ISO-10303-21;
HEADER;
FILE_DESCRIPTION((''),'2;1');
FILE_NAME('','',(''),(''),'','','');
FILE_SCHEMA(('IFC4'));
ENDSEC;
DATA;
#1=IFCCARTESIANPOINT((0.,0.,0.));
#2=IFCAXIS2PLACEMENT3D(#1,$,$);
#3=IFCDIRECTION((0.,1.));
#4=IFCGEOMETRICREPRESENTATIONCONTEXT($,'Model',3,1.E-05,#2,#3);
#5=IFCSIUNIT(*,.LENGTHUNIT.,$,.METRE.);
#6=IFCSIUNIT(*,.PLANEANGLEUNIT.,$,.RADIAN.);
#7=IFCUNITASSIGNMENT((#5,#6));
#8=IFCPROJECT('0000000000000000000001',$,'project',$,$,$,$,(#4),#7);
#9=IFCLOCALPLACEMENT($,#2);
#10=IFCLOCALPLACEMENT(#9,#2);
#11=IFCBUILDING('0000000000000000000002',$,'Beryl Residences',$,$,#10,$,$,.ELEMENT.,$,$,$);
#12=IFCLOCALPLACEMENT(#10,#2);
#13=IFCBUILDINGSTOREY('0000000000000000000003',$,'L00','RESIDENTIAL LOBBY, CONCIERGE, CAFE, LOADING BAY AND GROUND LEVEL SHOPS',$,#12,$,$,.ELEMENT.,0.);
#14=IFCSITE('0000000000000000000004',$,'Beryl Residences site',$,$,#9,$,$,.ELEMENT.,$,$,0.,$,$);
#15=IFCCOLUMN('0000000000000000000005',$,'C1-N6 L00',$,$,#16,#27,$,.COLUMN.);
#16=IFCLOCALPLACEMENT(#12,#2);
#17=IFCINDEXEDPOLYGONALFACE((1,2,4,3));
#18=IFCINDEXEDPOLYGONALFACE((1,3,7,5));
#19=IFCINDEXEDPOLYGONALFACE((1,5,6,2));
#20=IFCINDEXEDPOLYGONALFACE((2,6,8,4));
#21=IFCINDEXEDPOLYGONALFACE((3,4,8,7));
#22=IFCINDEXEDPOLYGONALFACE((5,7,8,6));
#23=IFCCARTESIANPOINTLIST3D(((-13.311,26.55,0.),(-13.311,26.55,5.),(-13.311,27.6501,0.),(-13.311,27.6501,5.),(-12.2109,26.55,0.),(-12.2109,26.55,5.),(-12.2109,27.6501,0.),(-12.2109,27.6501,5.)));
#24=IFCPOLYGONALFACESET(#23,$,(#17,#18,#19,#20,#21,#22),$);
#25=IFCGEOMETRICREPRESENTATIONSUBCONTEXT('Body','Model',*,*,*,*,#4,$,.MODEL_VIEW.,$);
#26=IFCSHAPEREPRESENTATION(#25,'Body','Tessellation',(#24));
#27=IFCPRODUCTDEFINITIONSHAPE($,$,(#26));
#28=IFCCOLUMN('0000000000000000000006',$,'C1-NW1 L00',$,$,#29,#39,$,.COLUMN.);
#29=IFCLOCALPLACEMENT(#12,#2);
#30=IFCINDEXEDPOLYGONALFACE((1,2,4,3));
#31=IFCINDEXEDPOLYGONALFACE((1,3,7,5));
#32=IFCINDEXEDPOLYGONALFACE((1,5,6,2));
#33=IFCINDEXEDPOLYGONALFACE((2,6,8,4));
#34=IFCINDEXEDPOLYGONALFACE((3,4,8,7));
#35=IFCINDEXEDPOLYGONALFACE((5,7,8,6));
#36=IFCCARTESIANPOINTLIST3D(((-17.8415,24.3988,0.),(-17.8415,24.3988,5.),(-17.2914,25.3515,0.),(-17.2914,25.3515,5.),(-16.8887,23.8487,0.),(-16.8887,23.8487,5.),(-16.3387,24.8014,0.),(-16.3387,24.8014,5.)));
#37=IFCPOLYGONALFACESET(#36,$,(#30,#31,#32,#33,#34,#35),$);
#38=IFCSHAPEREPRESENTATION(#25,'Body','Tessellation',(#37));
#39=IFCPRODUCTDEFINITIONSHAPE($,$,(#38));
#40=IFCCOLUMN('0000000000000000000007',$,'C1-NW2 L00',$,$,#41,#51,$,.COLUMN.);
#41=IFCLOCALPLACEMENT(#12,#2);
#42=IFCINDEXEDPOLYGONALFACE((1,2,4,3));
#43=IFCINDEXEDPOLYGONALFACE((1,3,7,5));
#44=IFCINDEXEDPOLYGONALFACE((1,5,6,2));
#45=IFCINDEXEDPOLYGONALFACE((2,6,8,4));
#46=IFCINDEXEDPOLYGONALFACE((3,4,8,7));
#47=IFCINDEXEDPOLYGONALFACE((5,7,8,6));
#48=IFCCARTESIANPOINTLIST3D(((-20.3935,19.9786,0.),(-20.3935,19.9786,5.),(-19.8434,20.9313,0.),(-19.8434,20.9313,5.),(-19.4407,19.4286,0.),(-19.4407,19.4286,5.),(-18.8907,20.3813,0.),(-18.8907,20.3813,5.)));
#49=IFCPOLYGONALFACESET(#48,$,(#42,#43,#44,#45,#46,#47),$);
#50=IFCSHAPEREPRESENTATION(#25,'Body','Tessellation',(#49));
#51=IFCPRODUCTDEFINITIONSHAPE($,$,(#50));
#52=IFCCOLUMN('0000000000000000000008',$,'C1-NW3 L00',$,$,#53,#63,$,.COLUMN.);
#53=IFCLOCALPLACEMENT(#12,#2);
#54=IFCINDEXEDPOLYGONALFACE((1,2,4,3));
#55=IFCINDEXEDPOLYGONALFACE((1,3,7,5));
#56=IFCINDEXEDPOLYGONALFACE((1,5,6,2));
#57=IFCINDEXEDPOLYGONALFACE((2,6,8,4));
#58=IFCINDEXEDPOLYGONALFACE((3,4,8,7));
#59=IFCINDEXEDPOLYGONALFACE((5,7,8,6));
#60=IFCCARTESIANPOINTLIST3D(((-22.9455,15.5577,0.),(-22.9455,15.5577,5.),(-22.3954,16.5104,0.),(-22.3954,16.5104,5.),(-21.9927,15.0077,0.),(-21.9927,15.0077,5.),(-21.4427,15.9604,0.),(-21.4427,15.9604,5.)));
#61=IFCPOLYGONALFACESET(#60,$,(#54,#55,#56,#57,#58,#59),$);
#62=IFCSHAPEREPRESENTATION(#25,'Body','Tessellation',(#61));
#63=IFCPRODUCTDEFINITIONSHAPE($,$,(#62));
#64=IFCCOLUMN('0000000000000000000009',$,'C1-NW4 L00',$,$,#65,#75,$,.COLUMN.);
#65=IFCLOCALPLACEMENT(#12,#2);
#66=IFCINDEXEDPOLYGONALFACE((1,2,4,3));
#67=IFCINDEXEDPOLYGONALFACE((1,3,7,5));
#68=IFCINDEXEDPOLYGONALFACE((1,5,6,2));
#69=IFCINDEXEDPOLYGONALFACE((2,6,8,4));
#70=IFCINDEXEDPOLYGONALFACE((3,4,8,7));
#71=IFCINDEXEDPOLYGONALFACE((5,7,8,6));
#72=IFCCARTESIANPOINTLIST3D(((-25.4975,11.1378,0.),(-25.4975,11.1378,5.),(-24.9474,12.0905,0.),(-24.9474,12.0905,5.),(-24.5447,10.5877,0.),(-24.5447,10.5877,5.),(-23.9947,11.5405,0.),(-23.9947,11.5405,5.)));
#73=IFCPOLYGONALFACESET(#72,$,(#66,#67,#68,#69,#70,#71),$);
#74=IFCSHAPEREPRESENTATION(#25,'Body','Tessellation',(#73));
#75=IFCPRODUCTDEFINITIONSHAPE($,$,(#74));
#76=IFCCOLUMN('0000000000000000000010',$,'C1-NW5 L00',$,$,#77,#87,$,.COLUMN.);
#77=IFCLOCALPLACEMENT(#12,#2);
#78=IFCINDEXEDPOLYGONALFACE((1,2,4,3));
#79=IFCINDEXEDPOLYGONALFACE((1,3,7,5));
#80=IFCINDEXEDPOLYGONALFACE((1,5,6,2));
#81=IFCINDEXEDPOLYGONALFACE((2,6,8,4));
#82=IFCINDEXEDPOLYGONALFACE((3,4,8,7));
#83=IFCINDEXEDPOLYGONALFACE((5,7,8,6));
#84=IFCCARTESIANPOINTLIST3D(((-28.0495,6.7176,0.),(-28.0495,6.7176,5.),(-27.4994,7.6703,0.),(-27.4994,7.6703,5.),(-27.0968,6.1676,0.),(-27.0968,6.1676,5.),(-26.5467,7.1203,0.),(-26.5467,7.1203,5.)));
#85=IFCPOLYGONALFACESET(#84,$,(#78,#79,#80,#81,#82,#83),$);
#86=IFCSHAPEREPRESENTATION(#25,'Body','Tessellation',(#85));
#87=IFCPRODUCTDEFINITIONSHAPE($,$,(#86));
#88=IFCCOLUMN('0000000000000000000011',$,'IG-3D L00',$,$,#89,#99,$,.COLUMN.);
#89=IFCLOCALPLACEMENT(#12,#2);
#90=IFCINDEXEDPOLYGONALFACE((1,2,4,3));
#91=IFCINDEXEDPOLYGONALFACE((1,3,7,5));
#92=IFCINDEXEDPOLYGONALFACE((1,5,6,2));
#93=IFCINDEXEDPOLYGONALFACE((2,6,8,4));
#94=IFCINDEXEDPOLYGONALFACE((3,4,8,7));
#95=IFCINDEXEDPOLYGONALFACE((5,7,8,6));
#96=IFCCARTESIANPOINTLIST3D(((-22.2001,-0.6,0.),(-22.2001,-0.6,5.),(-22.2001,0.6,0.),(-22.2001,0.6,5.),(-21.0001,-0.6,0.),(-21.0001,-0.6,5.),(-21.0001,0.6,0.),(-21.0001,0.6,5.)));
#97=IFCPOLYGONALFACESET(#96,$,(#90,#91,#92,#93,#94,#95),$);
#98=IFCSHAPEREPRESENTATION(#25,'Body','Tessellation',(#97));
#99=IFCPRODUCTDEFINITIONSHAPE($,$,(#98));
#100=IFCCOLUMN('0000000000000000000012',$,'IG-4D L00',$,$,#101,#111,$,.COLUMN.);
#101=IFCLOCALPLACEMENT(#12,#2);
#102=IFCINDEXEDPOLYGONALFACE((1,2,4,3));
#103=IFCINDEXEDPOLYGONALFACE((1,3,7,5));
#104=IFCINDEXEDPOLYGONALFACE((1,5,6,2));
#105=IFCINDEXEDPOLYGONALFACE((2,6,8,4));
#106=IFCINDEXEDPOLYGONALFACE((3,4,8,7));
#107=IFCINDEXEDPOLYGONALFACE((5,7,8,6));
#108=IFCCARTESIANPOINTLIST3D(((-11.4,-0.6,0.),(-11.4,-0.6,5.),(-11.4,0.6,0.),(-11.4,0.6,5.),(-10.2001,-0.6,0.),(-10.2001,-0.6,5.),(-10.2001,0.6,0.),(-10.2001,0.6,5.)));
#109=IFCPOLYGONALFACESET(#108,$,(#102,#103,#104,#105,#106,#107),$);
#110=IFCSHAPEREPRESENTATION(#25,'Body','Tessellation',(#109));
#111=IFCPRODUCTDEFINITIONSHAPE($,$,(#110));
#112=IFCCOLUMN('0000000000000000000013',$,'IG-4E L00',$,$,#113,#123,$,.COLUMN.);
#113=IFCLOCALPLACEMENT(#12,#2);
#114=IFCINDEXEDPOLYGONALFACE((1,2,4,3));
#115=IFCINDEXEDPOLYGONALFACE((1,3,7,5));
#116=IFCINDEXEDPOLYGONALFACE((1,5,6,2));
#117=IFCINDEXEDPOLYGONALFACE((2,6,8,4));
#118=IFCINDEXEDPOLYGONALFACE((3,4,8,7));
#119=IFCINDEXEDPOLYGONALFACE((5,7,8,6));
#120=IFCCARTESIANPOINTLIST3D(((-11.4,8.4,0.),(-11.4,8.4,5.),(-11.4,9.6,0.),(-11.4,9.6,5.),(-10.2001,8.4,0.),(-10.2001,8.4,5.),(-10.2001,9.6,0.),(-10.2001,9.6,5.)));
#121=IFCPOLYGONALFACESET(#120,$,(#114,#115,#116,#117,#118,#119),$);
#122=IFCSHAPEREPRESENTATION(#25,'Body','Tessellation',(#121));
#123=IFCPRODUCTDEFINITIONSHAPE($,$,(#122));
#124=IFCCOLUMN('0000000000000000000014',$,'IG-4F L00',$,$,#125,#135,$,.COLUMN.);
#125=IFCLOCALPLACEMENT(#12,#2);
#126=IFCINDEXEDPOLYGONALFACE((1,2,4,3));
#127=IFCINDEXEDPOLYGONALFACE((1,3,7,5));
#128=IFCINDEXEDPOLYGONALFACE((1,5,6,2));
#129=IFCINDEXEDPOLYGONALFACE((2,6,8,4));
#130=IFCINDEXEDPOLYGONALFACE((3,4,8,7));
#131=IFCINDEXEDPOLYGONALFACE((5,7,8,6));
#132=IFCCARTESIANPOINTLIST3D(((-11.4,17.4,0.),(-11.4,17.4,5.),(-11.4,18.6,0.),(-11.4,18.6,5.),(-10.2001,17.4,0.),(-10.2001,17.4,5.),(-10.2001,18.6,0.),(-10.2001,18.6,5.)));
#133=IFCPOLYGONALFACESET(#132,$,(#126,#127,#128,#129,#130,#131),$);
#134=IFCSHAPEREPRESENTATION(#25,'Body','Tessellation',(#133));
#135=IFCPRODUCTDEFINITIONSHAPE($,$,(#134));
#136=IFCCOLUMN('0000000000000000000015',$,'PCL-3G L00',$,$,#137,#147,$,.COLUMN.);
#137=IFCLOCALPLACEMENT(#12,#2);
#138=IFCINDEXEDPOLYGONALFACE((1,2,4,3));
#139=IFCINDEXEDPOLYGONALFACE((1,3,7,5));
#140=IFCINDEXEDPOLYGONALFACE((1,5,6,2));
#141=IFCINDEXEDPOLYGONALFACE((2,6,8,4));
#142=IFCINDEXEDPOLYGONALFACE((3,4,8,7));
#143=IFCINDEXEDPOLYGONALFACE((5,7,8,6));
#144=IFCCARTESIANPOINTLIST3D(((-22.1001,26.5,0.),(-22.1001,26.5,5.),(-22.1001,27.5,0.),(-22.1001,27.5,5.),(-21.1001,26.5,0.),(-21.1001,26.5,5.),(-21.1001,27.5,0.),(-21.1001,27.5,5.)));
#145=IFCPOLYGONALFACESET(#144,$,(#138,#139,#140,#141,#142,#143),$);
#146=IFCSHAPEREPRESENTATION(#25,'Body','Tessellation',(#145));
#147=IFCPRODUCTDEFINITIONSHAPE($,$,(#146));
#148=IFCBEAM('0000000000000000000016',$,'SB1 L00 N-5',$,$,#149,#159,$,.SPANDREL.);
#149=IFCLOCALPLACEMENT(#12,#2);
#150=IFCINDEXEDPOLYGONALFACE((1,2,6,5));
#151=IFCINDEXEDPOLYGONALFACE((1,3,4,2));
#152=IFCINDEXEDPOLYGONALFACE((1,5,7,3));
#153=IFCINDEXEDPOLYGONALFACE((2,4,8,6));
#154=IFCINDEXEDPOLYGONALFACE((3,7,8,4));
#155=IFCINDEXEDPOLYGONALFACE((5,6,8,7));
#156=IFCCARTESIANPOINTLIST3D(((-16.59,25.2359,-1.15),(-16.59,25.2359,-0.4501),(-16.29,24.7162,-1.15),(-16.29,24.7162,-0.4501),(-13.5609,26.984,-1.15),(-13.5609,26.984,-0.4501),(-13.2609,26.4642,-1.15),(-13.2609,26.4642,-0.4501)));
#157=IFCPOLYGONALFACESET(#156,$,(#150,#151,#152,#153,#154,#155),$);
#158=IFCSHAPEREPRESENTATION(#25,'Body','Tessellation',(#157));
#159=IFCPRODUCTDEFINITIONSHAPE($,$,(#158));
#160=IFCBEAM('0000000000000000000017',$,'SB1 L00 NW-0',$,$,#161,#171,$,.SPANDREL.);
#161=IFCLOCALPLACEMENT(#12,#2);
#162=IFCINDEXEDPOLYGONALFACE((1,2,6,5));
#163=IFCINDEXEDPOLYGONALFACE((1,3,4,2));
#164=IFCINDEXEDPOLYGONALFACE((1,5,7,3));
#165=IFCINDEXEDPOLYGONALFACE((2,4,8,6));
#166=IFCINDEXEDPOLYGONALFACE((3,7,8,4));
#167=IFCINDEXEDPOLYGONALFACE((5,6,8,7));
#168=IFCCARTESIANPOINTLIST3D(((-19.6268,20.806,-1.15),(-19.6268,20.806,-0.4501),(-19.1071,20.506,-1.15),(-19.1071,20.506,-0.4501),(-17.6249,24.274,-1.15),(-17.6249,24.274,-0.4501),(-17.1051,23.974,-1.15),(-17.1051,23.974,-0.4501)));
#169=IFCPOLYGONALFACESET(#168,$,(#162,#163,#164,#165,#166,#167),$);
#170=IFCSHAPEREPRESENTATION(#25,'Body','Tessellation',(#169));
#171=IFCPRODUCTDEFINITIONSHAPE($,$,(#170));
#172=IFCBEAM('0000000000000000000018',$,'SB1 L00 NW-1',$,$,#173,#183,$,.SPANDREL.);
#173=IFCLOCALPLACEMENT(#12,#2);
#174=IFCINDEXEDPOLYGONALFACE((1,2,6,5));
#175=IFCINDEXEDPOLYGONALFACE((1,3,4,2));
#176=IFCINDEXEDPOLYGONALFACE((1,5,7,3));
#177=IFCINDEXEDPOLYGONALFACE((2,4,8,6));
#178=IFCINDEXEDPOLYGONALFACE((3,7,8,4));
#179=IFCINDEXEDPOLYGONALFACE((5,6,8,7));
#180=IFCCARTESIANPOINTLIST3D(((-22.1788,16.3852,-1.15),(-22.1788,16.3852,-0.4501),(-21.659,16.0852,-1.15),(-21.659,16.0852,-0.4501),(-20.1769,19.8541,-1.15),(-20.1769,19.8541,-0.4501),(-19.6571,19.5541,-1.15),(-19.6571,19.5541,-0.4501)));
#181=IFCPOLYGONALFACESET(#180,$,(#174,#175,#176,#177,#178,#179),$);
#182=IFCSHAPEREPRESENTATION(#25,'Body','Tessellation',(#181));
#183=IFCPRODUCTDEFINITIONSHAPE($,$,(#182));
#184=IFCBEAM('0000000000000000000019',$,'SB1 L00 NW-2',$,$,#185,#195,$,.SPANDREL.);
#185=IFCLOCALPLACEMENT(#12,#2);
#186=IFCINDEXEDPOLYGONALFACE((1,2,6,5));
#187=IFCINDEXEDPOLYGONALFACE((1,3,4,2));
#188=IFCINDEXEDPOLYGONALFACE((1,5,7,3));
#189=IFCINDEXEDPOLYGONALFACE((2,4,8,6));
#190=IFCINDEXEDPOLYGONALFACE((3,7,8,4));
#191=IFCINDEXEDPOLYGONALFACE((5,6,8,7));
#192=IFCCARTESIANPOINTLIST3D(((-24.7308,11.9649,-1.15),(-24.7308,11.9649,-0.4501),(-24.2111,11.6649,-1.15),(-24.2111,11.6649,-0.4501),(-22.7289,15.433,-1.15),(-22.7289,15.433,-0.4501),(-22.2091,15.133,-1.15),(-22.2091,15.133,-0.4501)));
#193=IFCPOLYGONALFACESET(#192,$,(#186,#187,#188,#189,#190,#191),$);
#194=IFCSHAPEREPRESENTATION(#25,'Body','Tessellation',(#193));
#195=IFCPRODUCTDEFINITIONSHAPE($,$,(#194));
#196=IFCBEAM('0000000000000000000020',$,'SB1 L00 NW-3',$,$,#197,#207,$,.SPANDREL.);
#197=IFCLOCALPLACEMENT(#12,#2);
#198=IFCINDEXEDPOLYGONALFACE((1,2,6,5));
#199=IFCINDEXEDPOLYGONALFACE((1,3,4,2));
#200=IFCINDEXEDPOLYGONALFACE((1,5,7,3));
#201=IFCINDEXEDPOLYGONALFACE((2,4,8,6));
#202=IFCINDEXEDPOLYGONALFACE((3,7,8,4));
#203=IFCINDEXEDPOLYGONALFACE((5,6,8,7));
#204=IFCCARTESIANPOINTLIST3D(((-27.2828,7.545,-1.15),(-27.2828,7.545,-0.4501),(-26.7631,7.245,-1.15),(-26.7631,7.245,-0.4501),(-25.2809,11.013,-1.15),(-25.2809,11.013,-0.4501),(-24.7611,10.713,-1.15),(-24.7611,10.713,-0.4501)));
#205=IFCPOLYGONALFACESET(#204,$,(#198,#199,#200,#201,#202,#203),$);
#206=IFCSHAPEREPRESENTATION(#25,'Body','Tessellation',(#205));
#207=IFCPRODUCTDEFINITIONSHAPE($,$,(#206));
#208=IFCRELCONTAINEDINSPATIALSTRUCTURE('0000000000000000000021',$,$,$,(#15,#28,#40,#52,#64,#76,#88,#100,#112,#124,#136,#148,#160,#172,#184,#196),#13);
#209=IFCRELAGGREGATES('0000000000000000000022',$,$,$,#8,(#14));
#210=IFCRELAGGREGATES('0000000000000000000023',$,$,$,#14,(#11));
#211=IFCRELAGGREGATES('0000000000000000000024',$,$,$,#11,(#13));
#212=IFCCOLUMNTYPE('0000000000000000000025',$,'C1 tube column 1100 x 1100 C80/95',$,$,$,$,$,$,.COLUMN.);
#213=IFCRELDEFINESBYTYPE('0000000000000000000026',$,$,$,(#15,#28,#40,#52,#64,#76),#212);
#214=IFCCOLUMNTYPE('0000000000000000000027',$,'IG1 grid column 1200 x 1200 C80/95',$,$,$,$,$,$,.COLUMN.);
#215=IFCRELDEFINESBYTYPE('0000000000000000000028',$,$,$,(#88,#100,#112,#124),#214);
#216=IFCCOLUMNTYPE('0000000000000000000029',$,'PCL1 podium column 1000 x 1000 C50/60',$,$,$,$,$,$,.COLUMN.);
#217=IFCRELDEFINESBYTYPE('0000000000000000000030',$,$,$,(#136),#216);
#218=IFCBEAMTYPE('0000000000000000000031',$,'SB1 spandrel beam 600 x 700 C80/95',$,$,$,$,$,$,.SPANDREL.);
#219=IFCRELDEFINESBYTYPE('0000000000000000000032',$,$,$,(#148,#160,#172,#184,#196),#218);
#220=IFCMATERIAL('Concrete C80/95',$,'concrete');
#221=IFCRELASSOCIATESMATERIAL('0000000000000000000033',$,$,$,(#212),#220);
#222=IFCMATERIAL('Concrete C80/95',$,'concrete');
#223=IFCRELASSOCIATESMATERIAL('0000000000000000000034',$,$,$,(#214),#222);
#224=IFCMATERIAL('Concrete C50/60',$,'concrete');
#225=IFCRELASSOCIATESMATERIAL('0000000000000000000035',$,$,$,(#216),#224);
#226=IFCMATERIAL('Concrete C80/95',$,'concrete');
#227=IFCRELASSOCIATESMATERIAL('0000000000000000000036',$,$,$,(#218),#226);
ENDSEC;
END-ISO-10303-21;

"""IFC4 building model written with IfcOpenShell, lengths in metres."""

from ifc_helpers import new_model, si_unit, direction, frame, origin, origin_2d, place, context, subcontext, project, spatial, rectangle, extrude, material, material_profile, profile_set, type_object, element, save


model = new_model("IFC4")

# Units and contexts
model_context = context("Model", 3, precision=1e-05, world=origin(), true_north=direction((0.0, 1.0)))
body_context = subcontext(model_context, "Body", "Model", "MODEL_VIEW")
ifc_project = project(units=[si_unit("LENGTHUNIT", "METRE"), si_unit("PLANEANGLEUNIT", "RADIAN")], contexts=[model_context])

# Site, building, storey
site_placement = place(None, origin())
site = spatial("IfcSite", under=ifc_project, at=site_placement, Name="Beryl Residences site", CompositionType="ELEMENT", RefElevation=0.0)
building_placement = place(site_placement, origin())
building = spatial("IfcBuilding", under=site, at=building_placement, Name="Beryl Residences", CompositionType="ELEMENT")
storey_placement = place(building_placement, origin())
storey = spatial("IfcBuildingStorey", under=building, at=storey_placement, Name="L00", Description="RESIDENTIAL LOBBY, CONCIERGE, CAFE, LOADING BAY AND GROUND LEVEL SHOPS", CompositionType="ELEMENT", Elevation=0.0)

# Columns
ifc_material_1 = material(Name="Concrete C80/95", Category="concrete")
ifc_material_profile_1 = material_profile(ifc_material_1, rectangle(XDim=1.1001, YDim=1.1001, at=origin_2d()))
ifc_profile_set_1 = profile_set([ifc_material_profile_1], Name="Concrete C80/95")
column_type_1 = type_object("IfcColumnType", Name="C1 tube column 1100 x 1100 C80/95", PredefinedType="COLUMN", material=ifc_profile_set_1)
for number, where, z_axis, x_axis, name in (
    (1, (-12.761, 27.1001, 0.0), (0.0, 0.0, 1.0), (-1.0, 0.0, 0.0), "C1-N6 L00"),
    (2, (-17.0901, 24.6001, 0.0), (0.0, 0.0, 1.0), (-0.499985, -0.866034, 0.0), "C1-NW1 L00"),
    (3, (-19.6421, 20.1799, 0.0), (0.0, 0.0, 1.0), (-0.499985, -0.866034, 0.0), "C1-NW2 L00"),
    (4, (-22.1941, 15.759, 0.0), (0.0, 0.0, 1.0), (-0.499985, -0.866034, 0.0), "C1-NW3 L00"),
    (5, (-24.7461, 11.3391, 0.0), (0.0, 0.0, 1.0), (-0.499985, -0.866034, 0.0), "C1-NW4 L00"),
    (6, (-27.2981, 6.9189, 0.0), (0.0, 0.0, 1.0), (-0.499985, -0.866034, 0.0), "C1-NW5 L00"),
):
    element("IfcColumn", number, at=place(storey_placement, frame(where, z_axis=z_axis, x_axis=x_axis)), inside=storey, type_object=column_type_1, Name=name, PredefinedType="COLUMN", context=body_context, shape_type="SweptSolid", body=[
        extrude(rectangle(XDim=1.1001, YDim=1.1001, at=origin_2d()), origin(), (0.0, 0.0, 1.0), 5.0),
    ])
ifc_material_2 = material(Name="Concrete C80/95", Category="concrete")
ifc_material_profile_2 = material_profile(ifc_material_2, rectangle(XDim=1.2, YDim=1.2, at=origin_2d()))
ifc_profile_set_2 = profile_set([ifc_material_profile_2], Name="Concrete C80/95")
column_type_2 = type_object("IfcColumnType", Name="IG1 grid column 1200 x 1200 C80/95", PredefinedType="COLUMN", material=ifc_profile_set_2)
for number, where, z_axis, x_axis, name in (
    (7, (-21.6001, 0.0, 0.0), (0.0, 0.0, 1.0), (1.0, 0.0, 0.0), "IG-3D L00"),
    (8, (-10.8, 0.0, 0.0), (0.0, 0.0, 1.0), (1.0, 0.0, 0.0), "IG-4D L00"),
    (9, (-10.8, 9.0, 0.0), (0.0, 0.0, 1.0), (1.0, 0.0, 0.0), "IG-4E L00"),
    (10, (-10.8, 18.0, 0.0), (0.0, 0.0, 1.0), (1.0, 0.0, 0.0), "IG-4F L00"),
):
    element("IfcColumn", number, at=place(storey_placement, frame(where, z_axis=z_axis, x_axis=x_axis)), inside=storey, type_object=column_type_2, Name=name, PredefinedType="COLUMN", context=body_context, shape_type="SweptSolid", body=[
        extrude(rectangle(XDim=1.2, YDim=1.2, at=origin_2d()), origin(), (0.0, 0.0, 1.0), 5.0),
    ])
ifc_material_3 = material(Name="Concrete C50/60", Category="concrete")
ifc_material_profile_3 = material_profile(ifc_material_3, rectangle(XDim=1.0, YDim=1.0, at=origin_2d()))
ifc_profile_set_3 = profile_set([ifc_material_profile_3], Name="Concrete C50/60")
column_type_3 = type_object("IfcColumnType", Name="PCL1 podium column 1000 x 1000 C50/60", PredefinedType="COLUMN", material=ifc_profile_set_3)
column_placement = place(storey_placement, frame((-21.6001, 27.0, 0.0), z_axis=(0.0, 0.0, 1.0), x_axis=(1.0, 0.0, 0.0)))
element("IfcColumn", 11, at=column_placement, inside=storey, type_object=column_type_3, Name="PCL-3G L00", PredefinedType="COLUMN", context=body_context, shape_type="SweptSolid", body=[
    extrude(rectangle(XDim=1.0, YDim=1.0, at=origin_2d()), origin(), (0.0, 0.0, 1.0), 5.0),
])

# Beams
ifc_material_4 = material(Name="Concrete C80/95", Category="concrete")
ifc_material_profile_4 = material_profile(ifc_material_4, rectangle(XDim=0.6001, YDim=0.7, at=origin_2d()))
ifc_profile_set_4 = profile_set([ifc_material_profile_4], Name="Concrete C80/95")
beam_type = type_object("IfcBeamType", Name="SB1 spandrel beam 600 x 700 C80/95", PredefinedType="SPANDREL", material=ifc_profile_set_4)
beam_1_placement = place(storey_placement, frame((-13.4109, 26.7241, -0.8), z_axis=(-0.866122, -0.499833, 0.0), x_axis=(0.499833, -0.866122, 0.0)))
element("IfcBeam", 12, at=beam_1_placement, inside=storey, type_object=beam_type, Name="SB1 L00 N-5", PredefinedType="SPANDREL", context=body_context, shape_type="SweptSolid", body=[
    extrude(rectangle(XDim=0.6001, YDim=0.7, at=origin_2d()), origin(), (0.0, 0.0, 1.0), 3.4973),
])
beam_2_placement = place(storey_placement, frame((-17.365, 24.124, -0.8), z_axis=(-0.499942, -0.866059, 0.0), x_axis=(0.866059, -0.499942, 0.0)))
element("IfcBeam", 13, at=beam_2_placement, inside=storey, type_object=beam_type, Name="SB1 L00 NW-0", PredefinedType="SPANDREL", context=body_context, shape_type="SweptSolid", body=[
    extrude(rectangle(XDim=0.6001, YDim=0.7, at=origin_2d()), origin(), (0.0, 0.0, 1.0), 4.0044),
])
beam_3_placement = place(storey_placement, frame((-19.917, 19.7041, -0.8), z_axis=(-0.499837, -0.86612, 0.0), x_axis=(0.86612, -0.499837, 0.0)))
element("IfcBeam", 14, at=beam_3_placement, inside=storey, type_object=beam_type, Name="SB1 L00 NW-1", PredefinedType="SPANDREL", context=body_context, shape_type="SweptSolid", body=[
    extrude(rectangle(XDim=0.6001, YDim=0.7, at=origin_2d()), origin(), (0.0, 0.0, 1.0), 4.0051),
])
for number, where, z_axis, x_axis, name in (
    (15, (-22.469, 15.283, -0.8), (-0.499942, -0.866059, 0.0), (0.866059, -0.499942, 0.0), "SB1 L00 NW-2"),
    (16, (-25.021, 10.863, -0.8), (-0.499942, -0.866059, 0.0), (0.866059, -0.499942, 0.0), "SB1 L00 NW-3"),
):
    element("IfcBeam", number, at=place(storey_placement, frame(where, z_axis=z_axis, x_axis=x_axis)), inside=storey, type_object=beam_type, Name=name, PredefinedType="SPANDREL", context=body_context, shape_type="SweptSolid", body=[
        extrude(rectangle(XDim=0.6001, YDim=0.7, at=origin_2d()), origin(), (0.0, 0.0, 1.0), 4.0044),
    ])

save(model, "model.ifc")
